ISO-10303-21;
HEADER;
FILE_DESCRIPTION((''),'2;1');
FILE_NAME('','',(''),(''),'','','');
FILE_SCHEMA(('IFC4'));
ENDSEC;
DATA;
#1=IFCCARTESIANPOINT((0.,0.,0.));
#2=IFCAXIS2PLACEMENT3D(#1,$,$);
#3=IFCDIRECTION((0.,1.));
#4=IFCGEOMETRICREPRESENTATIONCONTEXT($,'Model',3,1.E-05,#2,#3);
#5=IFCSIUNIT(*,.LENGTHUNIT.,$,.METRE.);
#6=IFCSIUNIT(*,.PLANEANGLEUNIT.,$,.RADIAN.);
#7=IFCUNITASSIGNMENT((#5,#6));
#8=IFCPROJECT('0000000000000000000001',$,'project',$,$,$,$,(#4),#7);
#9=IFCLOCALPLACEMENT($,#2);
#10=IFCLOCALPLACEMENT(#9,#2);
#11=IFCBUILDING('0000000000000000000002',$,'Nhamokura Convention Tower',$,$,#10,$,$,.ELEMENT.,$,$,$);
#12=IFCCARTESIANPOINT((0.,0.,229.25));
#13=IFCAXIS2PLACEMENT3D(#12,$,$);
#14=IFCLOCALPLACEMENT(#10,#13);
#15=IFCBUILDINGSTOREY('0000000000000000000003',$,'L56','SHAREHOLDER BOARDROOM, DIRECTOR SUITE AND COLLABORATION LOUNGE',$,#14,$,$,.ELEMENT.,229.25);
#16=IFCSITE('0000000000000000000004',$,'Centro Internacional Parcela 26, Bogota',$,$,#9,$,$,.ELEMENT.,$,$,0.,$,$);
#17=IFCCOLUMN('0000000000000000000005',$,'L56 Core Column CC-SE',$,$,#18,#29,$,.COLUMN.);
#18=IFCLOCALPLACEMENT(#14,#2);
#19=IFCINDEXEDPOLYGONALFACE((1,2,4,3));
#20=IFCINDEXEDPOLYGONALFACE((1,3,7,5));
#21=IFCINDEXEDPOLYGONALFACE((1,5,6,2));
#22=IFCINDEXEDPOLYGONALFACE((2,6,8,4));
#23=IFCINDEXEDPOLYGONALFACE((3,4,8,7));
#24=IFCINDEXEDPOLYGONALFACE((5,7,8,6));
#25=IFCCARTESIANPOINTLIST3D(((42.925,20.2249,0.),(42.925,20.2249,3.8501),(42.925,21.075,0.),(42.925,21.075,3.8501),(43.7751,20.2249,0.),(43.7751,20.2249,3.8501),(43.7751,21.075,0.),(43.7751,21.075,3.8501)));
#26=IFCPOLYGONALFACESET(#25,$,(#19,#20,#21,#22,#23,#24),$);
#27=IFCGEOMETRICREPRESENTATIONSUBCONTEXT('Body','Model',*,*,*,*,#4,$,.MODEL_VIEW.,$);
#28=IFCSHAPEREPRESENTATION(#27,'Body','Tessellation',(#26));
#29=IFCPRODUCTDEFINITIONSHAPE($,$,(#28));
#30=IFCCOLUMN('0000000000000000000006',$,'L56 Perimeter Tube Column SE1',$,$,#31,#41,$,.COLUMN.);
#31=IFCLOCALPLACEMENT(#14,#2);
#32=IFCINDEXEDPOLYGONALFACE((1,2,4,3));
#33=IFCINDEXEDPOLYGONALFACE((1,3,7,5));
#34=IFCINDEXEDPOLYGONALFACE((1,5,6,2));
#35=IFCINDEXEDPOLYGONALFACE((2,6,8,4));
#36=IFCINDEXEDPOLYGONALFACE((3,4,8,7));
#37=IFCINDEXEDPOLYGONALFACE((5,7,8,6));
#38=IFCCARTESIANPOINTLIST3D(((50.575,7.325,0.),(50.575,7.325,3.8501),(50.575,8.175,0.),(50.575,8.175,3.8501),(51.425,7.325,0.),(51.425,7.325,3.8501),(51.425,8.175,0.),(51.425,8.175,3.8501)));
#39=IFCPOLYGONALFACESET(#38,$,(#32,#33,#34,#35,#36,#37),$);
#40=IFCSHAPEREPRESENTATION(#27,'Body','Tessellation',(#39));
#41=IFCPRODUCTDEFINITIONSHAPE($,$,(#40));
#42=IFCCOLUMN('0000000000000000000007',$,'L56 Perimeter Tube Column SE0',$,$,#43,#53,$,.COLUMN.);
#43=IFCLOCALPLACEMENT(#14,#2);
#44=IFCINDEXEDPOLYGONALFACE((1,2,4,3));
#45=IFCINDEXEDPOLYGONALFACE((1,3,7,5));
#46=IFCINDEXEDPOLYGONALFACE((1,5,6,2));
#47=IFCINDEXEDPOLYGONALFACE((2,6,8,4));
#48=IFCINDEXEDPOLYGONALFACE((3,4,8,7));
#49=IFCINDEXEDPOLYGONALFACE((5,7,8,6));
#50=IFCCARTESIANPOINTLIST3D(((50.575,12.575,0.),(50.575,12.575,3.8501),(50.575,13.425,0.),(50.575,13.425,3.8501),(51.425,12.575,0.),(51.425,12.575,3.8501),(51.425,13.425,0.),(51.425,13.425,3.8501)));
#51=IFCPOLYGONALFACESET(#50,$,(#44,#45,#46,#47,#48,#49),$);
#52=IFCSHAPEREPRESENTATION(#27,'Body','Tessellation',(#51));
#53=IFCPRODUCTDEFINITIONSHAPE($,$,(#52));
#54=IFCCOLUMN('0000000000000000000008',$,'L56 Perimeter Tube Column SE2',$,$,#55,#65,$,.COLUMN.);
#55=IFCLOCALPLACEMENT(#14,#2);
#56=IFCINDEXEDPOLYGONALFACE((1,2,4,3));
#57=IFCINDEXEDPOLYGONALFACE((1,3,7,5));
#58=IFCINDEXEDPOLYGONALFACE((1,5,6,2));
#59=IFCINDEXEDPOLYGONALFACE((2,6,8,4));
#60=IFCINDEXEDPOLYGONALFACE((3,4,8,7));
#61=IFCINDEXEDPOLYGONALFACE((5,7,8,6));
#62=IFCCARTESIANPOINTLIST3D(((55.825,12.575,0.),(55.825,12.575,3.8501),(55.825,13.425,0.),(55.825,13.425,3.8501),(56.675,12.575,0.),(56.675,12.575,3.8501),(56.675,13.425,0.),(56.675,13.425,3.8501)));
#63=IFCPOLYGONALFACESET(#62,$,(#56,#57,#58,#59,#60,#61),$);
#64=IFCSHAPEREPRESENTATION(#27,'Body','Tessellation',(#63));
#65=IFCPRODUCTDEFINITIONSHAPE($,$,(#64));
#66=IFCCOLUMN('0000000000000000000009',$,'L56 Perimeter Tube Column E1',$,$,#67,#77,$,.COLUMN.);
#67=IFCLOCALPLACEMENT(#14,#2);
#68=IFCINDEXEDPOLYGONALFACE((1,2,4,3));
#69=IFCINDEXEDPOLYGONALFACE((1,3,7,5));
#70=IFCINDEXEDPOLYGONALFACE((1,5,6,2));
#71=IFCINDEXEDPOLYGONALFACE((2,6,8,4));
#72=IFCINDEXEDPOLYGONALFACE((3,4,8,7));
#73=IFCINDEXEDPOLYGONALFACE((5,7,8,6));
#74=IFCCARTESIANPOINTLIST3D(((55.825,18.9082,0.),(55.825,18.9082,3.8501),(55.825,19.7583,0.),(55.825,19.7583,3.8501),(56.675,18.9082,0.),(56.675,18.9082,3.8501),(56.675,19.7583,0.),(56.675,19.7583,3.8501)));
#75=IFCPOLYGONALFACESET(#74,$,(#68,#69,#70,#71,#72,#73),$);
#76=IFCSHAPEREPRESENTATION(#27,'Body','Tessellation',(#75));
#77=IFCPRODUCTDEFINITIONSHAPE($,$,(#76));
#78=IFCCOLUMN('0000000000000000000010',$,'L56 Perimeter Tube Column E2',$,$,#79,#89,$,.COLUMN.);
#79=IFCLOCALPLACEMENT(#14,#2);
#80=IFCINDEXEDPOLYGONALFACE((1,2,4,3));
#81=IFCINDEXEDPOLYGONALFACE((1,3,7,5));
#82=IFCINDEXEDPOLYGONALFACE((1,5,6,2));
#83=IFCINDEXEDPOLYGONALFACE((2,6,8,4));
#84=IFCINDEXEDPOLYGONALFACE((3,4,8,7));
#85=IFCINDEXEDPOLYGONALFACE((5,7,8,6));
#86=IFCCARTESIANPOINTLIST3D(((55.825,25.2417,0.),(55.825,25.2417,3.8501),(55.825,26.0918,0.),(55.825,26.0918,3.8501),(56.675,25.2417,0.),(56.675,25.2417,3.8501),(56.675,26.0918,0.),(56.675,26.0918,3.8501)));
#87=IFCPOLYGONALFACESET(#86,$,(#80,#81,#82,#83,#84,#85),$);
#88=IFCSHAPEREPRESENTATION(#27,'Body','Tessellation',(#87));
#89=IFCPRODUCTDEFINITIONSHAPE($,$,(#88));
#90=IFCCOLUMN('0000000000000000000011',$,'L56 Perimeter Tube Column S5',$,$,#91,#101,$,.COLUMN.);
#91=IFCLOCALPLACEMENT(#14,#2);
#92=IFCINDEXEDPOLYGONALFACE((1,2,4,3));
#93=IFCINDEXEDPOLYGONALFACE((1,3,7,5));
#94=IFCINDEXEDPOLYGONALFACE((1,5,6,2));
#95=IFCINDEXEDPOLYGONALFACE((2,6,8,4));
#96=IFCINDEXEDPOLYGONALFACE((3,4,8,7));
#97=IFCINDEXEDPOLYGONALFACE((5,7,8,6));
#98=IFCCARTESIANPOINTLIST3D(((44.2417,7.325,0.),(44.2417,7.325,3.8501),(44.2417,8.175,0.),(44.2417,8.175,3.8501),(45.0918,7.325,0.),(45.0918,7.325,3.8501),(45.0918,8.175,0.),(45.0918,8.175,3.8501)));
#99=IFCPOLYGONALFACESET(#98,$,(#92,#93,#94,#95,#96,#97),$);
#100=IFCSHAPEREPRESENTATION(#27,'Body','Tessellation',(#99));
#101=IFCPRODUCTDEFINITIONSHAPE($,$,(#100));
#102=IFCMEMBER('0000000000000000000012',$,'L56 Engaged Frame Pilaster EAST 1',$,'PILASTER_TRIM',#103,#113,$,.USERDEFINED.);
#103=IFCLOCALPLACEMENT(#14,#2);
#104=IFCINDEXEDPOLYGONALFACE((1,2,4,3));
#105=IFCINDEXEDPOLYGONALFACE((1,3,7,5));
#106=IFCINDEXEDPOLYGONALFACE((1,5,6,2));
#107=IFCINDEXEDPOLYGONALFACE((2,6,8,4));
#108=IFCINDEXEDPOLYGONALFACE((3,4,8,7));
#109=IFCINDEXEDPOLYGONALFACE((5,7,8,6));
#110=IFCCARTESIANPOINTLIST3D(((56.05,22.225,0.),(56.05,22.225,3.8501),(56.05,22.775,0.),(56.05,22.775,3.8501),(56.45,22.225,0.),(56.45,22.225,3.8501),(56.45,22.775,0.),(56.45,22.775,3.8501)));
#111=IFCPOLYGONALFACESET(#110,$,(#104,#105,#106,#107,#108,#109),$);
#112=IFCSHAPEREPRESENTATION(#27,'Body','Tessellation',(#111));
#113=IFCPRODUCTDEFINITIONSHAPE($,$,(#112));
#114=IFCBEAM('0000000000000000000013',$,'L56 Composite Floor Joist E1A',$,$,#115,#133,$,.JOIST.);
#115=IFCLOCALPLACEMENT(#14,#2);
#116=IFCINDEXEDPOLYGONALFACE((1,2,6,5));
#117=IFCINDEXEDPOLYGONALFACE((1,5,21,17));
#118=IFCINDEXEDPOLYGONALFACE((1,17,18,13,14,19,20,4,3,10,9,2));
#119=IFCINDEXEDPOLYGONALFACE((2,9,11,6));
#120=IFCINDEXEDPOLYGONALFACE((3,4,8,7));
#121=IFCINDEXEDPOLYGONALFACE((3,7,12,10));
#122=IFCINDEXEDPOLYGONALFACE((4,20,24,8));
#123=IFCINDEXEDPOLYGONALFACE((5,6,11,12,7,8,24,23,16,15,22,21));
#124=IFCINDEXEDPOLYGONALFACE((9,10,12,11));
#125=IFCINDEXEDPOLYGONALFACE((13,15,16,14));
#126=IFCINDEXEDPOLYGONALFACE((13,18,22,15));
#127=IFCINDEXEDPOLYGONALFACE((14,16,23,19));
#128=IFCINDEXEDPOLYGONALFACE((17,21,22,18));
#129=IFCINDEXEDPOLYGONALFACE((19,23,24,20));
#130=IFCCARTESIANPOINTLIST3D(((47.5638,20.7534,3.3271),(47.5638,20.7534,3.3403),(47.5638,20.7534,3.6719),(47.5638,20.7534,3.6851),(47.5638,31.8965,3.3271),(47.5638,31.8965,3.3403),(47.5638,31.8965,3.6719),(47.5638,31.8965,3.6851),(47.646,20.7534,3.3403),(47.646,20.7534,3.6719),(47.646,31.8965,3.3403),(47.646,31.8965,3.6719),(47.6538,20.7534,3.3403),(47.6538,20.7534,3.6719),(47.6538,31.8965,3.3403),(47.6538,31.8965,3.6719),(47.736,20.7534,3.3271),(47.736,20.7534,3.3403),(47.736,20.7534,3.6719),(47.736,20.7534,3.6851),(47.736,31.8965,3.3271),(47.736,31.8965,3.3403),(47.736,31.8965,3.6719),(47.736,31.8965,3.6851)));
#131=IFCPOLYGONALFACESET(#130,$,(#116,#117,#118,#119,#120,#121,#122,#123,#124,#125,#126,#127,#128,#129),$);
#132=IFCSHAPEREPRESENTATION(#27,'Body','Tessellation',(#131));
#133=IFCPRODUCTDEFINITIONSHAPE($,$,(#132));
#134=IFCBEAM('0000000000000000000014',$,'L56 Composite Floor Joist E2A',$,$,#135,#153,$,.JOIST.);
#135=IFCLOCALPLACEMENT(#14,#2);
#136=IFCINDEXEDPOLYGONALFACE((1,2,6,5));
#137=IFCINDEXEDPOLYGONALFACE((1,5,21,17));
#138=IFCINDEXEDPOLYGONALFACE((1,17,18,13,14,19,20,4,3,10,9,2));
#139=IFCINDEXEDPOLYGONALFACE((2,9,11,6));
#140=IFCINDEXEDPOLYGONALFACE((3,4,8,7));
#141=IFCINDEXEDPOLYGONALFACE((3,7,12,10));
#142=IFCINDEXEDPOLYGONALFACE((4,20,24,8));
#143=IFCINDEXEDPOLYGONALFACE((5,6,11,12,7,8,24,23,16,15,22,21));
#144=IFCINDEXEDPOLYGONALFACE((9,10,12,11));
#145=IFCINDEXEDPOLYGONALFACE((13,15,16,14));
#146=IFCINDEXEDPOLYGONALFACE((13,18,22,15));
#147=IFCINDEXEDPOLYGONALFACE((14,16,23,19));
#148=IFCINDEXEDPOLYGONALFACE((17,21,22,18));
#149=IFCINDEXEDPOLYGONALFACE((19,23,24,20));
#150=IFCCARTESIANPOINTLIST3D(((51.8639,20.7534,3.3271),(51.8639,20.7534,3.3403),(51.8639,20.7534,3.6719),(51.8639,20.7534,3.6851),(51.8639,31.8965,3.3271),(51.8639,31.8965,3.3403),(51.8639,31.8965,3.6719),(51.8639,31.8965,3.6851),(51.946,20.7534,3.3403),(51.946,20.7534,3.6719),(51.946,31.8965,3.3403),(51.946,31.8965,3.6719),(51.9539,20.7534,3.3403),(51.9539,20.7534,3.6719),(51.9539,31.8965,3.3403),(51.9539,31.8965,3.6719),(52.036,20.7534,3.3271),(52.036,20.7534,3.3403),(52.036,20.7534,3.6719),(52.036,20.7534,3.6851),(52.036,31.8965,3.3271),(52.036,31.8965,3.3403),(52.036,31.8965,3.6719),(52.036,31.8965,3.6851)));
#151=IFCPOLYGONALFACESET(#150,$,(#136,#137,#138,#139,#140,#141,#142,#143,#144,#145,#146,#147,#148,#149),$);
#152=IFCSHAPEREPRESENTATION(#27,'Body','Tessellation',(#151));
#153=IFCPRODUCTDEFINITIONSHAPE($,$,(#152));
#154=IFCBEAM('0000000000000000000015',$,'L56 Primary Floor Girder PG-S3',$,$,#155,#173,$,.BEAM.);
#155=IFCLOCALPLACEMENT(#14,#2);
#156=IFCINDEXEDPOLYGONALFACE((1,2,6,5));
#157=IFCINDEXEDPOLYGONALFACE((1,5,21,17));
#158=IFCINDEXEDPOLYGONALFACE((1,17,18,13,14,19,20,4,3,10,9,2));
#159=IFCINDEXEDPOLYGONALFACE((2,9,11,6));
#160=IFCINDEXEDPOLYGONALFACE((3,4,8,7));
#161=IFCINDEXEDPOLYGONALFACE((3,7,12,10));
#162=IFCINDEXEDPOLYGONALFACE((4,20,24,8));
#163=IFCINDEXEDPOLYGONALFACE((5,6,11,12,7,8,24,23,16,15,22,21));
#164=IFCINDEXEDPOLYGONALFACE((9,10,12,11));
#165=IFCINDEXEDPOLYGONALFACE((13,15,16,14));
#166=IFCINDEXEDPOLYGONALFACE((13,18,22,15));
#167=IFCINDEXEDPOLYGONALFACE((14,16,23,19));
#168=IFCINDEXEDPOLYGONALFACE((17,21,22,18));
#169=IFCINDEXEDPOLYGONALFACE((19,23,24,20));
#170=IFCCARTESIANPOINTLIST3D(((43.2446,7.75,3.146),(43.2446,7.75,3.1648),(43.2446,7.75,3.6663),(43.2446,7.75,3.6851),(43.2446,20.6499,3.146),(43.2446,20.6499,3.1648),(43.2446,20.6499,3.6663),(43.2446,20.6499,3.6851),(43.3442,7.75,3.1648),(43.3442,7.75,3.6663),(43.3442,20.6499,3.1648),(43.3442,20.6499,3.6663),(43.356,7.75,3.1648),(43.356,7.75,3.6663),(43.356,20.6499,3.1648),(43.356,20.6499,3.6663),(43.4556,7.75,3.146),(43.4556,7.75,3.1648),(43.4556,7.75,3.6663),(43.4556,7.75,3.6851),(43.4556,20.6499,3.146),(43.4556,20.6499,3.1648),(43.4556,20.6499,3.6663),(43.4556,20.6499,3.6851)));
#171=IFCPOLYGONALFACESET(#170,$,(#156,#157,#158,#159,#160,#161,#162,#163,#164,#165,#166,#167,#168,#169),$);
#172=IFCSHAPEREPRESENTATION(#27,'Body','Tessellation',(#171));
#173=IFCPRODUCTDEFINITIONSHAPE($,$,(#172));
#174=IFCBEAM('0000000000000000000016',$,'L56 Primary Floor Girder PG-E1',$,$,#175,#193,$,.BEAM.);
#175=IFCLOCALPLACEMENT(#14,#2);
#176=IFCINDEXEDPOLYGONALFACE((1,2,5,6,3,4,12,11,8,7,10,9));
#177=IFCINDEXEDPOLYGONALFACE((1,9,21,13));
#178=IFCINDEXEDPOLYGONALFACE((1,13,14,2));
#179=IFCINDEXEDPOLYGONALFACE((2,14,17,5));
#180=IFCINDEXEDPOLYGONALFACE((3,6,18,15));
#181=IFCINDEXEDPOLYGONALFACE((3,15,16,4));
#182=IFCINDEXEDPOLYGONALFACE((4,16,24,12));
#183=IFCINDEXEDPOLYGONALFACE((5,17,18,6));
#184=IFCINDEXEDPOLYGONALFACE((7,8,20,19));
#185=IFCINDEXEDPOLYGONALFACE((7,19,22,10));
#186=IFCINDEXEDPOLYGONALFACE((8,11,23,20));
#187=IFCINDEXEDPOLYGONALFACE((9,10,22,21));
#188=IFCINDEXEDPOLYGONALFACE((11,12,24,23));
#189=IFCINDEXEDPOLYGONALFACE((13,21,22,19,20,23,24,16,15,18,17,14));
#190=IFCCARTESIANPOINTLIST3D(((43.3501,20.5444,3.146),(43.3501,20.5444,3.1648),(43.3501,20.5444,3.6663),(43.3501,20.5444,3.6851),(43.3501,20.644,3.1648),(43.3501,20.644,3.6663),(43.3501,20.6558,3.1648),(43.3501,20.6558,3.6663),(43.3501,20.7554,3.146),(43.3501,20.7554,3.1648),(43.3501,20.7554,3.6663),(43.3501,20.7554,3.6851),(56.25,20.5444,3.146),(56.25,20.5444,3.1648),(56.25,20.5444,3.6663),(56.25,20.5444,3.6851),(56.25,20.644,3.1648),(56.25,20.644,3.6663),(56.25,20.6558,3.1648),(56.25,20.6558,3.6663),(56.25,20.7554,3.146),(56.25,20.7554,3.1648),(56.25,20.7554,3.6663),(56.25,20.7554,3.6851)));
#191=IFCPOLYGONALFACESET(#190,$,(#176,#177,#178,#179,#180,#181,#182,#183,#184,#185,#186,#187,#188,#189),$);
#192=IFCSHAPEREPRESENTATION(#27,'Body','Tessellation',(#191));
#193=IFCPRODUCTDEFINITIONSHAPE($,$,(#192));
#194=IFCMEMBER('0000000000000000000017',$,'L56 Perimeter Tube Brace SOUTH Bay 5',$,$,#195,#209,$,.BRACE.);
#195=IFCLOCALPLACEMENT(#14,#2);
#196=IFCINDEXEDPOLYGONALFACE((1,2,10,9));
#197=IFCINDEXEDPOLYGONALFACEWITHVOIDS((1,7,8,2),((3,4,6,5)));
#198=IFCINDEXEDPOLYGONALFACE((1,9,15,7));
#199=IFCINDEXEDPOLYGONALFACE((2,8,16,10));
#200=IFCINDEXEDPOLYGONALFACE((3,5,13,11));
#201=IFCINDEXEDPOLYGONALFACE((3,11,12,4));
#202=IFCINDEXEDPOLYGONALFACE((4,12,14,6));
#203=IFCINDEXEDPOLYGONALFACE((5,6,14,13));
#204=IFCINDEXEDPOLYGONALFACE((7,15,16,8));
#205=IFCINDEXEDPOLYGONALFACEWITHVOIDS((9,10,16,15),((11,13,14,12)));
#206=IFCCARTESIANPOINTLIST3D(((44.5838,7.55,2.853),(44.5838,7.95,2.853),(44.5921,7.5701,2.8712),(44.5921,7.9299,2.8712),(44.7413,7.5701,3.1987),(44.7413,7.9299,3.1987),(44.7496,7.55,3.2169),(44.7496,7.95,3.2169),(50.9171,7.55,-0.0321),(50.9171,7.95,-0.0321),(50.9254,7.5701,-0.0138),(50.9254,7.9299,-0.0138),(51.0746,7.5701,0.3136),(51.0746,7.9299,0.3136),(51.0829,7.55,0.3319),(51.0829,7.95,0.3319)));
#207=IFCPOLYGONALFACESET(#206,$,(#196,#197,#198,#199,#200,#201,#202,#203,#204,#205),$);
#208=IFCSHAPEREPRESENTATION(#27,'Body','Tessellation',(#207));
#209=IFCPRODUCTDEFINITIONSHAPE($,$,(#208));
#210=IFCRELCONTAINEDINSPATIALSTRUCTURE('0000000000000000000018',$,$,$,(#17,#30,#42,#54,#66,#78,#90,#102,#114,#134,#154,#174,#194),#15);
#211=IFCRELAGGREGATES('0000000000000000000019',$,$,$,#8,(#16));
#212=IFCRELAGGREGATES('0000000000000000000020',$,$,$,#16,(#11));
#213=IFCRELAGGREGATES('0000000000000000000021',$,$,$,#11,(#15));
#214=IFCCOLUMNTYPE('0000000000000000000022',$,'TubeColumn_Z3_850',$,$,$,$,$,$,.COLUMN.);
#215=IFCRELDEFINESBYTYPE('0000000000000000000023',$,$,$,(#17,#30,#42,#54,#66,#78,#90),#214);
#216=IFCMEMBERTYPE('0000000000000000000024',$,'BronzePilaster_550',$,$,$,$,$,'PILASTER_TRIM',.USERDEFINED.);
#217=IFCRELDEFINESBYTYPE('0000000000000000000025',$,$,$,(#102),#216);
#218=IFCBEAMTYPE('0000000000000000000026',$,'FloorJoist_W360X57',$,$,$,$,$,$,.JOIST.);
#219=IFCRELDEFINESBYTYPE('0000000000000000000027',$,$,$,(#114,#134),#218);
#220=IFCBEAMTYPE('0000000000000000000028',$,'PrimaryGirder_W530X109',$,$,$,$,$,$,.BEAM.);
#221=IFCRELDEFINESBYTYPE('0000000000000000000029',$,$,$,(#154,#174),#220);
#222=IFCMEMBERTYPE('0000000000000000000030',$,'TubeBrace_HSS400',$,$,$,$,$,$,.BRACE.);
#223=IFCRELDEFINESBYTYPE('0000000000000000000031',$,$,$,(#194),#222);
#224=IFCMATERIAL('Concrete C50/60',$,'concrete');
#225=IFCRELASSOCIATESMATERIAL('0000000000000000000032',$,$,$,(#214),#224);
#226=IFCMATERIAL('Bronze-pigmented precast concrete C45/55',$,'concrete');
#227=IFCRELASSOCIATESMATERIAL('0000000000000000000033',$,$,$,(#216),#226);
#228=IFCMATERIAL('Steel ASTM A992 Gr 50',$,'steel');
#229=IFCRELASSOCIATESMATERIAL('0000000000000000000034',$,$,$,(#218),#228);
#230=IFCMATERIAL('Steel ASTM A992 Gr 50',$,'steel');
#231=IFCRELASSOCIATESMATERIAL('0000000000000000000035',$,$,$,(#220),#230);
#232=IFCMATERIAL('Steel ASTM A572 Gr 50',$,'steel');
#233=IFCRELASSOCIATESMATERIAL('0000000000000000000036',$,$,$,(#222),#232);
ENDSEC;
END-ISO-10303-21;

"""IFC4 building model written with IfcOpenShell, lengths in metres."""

from ifc_helpers import new_model, si_unit, direction, frame, origin, origin_2d, place, context, subcontext, project, spatial, rectangle, hollow_rectangle, i_section, extrude, material, material_profile, profile_set, type_object, element, save


model = new_model("IFC4")

# Units and contexts
model_context = context("Model", 3, precision=1e-05, world=origin(), true_north=direction((0.0, 1.0)))
body_context = subcontext(model_context, "Body", "Model", "MODEL_VIEW")
ifc_project = project(units=[si_unit("LENGTHUNIT", "METRE"), si_unit("PLANEANGLEUNIT", "RADIAN")], contexts=[model_context])

# Site, building, storey
site_placement = place(None, origin())
site = spatial("IfcSite", under=ifc_project, at=site_placement, Name="Centro Internacional Parcela 26, Bogota", CompositionType="ELEMENT", RefElevation=0.0)
building_placement = place(site_placement, origin())
building = spatial("IfcBuilding", under=site, at=building_placement, Name="Nhamokura Convention Tower", CompositionType="ELEMENT")
storey_placement = place(building_placement, frame((0.0, 0.0, 229.25)))
storey = spatial("IfcBuildingStorey", under=building, at=storey_placement, Name="L56", Description="SHAREHOLDER BOARDROOM, DIRECTOR SUITE AND COLLABORATION LOUNGE", CompositionType="ELEMENT", Elevation=229.25)

# Columns
ifc_material_1 = material(Name="Concrete C50/60", Category="concrete")
ifc_material_profile_1 = material_profile(ifc_material_1, rectangle(XDim=0.8501, YDim=0.8501, at=origin_2d()))
ifc_profile_set_1 = profile_set([ifc_material_profile_1], Name="Concrete C50/60")
column_type = type_object("IfcColumnType", Name="TubeColumn_Z3_850", PredefinedType="COLUMN", material=ifc_profile_set_1)
for number, where, z_axis, x_axis, name in (
    (1, (43.3501, 20.6499, 0.0), (0.0, 0.0, 1.0), (1.0, 0.0, 0.0), "L56 Core Column CC-SE"),
    (2, (51.0, 7.75, 0.0), (0.0, 0.0, 1.0), (1.0, 0.0, 0.0), "L56 Perimeter Tube Column SE1"),
    (3, (51.0, 13.0, 0.0), (0.0, 0.0, 1.0), (1.0, 0.0, 0.0), "L56 Perimeter Tube Column SE0"),
    (4, (56.25, 13.0, 0.0), (0.0, 0.0, 1.0), (1.0, 0.0, 0.0), "L56 Perimeter Tube Column SE2"),
    (5, (56.25, 19.3333, 0.0), (0.0, 0.0, 1.0), (1.0, 0.0, 0.0), "L56 Perimeter Tube Column E1"),
    (6, (56.25, 25.6667, 0.0), (0.0, 0.0, 1.0), (1.0, 0.0, 0.0), "L56 Perimeter Tube Column E2"),
    (7, (44.6667, 7.75, 0.0), (0.0, 0.0, 1.0), (1.0, 0.0, 0.0), "L56 Perimeter Tube Column S5"),
):
    element("IfcColumn", number, at=place(storey_placement, frame(where, z_axis=z_axis, x_axis=x_axis)), inside=storey, type_object=column_type, Name=name, PredefinedType="COLUMN", context=body_context, shape_type="SweptSolid", body=[
        extrude(rectangle(XDim=0.8501, YDim=0.8501, at=origin_2d()), origin(), (0.0, 0.0, 1.0), 3.8501),
    ])

# Member
ifc_material_2 = material(Name="Bronze-pigmented precast concrete C45/55", Category="concrete")
ifc_material_profile_2 = material_profile(ifc_material_2, rectangle(XDim=0.3999, YDim=0.55, at=origin_2d()))
ifc_profile_set_2 = profile_set([ifc_material_profile_2], Name="Bronze-pigmented precast concrete C45/55")
member_type_1 = type_object("IfcMemberType", Name="BronzePilaster_550", ElementType="PILASTER_TRIM", PredefinedType="USERDEFINED", material=ifc_profile_set_2)
member_placement = place(storey_placement, frame((56.25, 22.5, 0.0), z_axis=(0.0, 0.0, 1.0), x_axis=(1.0, 0.0, 0.0)))
element("IfcMember", 8, at=member_placement, inside=storey, type_object=member_type_1, Name="L56 Engaged Frame Pilaster EAST 1", ObjectType="PILASTER_TRIM", PredefinedType="USERDEFINED", context=body_context, shape_type="SweptSolid", body=[
    extrude(rectangle(XDim=0.3999, YDim=0.55, at=origin_2d()), origin(), (0.0, 0.0, 1.0), 3.8501),
])

# Beams
ifc_material_3 = material(Name="Steel ASTM A992 Gr 50", Category="steel")
ifc_material_profile_3 = material_profile(ifc_material_3, i_section(OverallWidth=0.1721, OverallDepth=0.3579, WebThickness=0.0078, FlangeThickness=0.0132, at=origin_2d()))
ifc_profile_set_3 = profile_set([ifc_material_profile_3], Name="Steel ASTM A992 Gr 50")
beam_type_1 = type_object("IfcBeamType", Name="FloorJoist_W360X57", PredefinedType="JOIST", material=ifc_profile_set_3)
for number, where, z_axis, x_axis, name in (
    (9, (47.6499, 20.7534, 3.5061), (0.0, 1.0, 0.0), (-1.0, 0.0, 0.0), "L56 Composite Floor Joist E1A"),
    (10, (51.95, 20.7534, 3.5061), (0.0, 1.0, 0.0), (-1.0, 0.0, 0.0), "L56 Composite Floor Joist E2A"),
):
    element("IfcBeam", number, at=place(storey_placement, frame(where, z_axis=z_axis, x_axis=x_axis)), inside=storey, type_object=beam_type_1, Name=name, PredefinedType="JOIST", context=body_context, shape_type="SweptSolid", body=[
        extrude(i_section(OverallWidth=0.1721, OverallDepth=0.3579, WebThickness=0.0078, FlangeThickness=0.0132, at=origin_2d()), origin(), (0.0, 0.0, 1.0), 11.1431),
    ])
ifc_material_4 = material(Name="Steel ASTM A992 Gr 50", Category="steel")
ifc_material_profile_4 = material_profile(ifc_material_4, i_section(OverallWidth=0.2109, OverallDepth=0.5391, WebThickness=0.0117, FlangeThickness=0.0188, at=origin_2d()))
ifc_profile_set_4 = profile_set([ifc_material_profile_4], Name="Steel ASTM A992 Gr 50")
beam_type_2 = type_object("IfcBeamType", Name="PrimaryGirder_W530X109", PredefinedType="BEAM", material=ifc_profile_set_4)
for number, where, z_axis, x_axis, name in (
    (11, (43.3501, 7.75, 3.4155), (0.0, 1.0, 0.0), (-1.0, 0.0, 0.0), "L56 Primary Floor Girder PG-S3"),
    (12, (43.3501, 20.6499, 3.4155), (1.0, 0.0, 0.0), (0.0, 1.0, 0.0), "L56 Primary Floor Girder PG-E1"),
):
    element("IfcBeam", number, at=place(storey_placement, frame(where, z_axis=z_axis, x_axis=x_axis)), inside=storey, type_object=beam_type_2, Name=name, PredefinedType="BEAM", context=body_context, shape_type="SweptSolid", body=[
        extrude(i_section(OverallWidth=0.2109, OverallDepth=0.5391, WebThickness=0.0117, FlangeThickness=0.0188, at=origin_2d()), origin(), (0.0, 0.0, 1.0), 12.8999),
    ])

# Member
ifc_material_5 = material(Name="Steel ASTM A572 Gr 50", Category="steel")
ifc_material_profile_5 = material_profile(ifc_material_5, hollow_rectangle(XDim=0.3999, YDim=0.3999, WallThickness=0.02, at=origin_2d()))
ifc_profile_set_5 = profile_set([ifc_material_profile_5], Name="Steel ASTM A572 Gr 50")
member_type_2 = type_object("IfcMemberType", Name="TubeBrace_HSS400", PredefinedType="BRACE", material=ifc_profile_set_5)
for number, where, z_axis, x_axis, name in (
    (13, (51.0, 7.75, 0.1499), (-0.910027, 0.0, 0.414548), (0.0, -1.0, 0.0), "L56 Perimeter Tube Brace SOUTH Bay 5"),
):
    element("IfcMember", number, at=place(storey_placement, frame(where, z_axis=z_axis, x_axis=x_axis)), inside=storey, type_object=member_type_2, Name=name, PredefinedType="BRACE", context=body_context, shape_type="SweptSolid", body=[
        extrude(hollow_rectangle(XDim=0.3999, YDim=0.3999, WallThickness=0.02, at=origin_2d()), origin(), (0.0, 0.0, 1.0), 6.9595),
    ])

save(model, "model.ifc")
